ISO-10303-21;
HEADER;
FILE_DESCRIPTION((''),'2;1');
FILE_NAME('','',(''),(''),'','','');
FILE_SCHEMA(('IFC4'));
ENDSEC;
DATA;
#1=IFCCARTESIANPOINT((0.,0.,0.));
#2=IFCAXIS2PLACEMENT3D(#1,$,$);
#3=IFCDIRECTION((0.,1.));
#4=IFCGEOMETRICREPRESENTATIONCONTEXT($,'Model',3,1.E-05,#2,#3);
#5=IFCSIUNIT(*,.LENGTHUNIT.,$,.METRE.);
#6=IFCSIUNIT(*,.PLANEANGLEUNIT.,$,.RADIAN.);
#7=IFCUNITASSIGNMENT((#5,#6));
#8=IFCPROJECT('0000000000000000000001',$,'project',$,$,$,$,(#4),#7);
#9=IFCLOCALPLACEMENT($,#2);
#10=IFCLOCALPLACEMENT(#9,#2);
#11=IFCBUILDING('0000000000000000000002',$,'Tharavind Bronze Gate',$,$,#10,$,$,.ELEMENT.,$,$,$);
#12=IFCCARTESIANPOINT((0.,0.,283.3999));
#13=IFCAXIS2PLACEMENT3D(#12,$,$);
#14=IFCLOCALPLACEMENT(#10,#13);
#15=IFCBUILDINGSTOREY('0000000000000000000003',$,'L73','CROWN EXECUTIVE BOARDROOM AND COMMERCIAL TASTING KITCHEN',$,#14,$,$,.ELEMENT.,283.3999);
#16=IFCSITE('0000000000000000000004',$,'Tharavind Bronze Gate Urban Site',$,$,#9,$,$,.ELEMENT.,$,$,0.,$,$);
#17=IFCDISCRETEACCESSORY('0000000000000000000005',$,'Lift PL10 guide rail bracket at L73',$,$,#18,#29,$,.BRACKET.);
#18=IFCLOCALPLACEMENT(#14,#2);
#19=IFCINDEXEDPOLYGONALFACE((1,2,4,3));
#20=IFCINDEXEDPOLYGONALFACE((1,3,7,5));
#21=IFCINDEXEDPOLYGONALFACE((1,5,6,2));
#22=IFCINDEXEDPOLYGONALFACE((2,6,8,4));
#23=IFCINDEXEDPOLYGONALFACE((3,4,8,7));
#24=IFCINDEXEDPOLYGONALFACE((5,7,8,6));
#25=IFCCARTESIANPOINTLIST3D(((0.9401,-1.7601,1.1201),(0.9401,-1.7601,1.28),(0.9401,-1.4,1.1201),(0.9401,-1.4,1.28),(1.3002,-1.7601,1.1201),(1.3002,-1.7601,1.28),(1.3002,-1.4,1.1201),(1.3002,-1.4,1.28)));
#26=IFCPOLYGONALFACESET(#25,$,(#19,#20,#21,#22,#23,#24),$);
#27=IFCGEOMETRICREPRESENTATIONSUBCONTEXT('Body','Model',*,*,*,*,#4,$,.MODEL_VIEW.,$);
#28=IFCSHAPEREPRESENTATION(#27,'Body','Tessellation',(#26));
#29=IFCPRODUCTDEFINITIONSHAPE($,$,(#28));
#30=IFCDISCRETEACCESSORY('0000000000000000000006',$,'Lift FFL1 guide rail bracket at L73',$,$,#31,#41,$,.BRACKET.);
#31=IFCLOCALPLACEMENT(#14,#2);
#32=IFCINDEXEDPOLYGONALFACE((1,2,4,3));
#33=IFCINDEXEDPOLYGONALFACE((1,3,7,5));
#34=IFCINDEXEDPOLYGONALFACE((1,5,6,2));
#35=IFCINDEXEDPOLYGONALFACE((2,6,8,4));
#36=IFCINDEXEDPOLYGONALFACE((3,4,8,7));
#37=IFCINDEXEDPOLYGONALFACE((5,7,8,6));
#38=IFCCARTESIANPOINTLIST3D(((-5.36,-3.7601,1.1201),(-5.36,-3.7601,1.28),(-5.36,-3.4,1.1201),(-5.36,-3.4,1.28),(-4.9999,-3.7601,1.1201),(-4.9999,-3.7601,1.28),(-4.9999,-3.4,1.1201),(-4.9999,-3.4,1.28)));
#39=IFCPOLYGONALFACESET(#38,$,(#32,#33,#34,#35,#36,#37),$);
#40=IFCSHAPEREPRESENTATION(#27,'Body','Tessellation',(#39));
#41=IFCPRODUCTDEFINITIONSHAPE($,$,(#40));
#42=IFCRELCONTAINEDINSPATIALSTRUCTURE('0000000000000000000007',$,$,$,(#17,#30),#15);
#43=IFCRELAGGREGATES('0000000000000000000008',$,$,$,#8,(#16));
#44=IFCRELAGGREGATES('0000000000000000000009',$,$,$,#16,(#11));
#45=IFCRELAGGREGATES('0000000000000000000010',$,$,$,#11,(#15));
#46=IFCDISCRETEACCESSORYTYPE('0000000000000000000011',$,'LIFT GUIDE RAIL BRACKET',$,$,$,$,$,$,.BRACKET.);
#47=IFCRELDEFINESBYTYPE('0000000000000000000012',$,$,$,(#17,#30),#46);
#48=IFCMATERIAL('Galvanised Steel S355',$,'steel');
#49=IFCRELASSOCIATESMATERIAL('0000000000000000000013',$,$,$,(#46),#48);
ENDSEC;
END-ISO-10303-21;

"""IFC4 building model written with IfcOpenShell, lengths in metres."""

from ifc_helpers import new_model, si_unit, direction, frame, origin, origin_2d, place, context, subcontext, project, spatial, rectangle, extrude, material, type_object, element, save


model = new_model("IFC4")

# Units and contexts
model_context = context("Model", 3, precision=1e-05, world=origin(), true_north=direction((0.0, 1.0)))
body_context = subcontext(model_context, "Body", "Model", "MODEL_VIEW")
ifc_project = project(units=[si_unit("LENGTHUNIT", "METRE"), si_unit("PLANEANGLEUNIT", "RADIAN")], contexts=[model_context])

# Site, building, storey
site_placement = place(None, origin())
site = spatial("IfcSite", under=ifc_project, at=site_placement, Name="Tharavind Bronze Gate Urban Site", CompositionType="ELEMENT", RefElevation=0.0)
building_placement = place(site_placement, origin())
building = spatial("IfcBuilding", under=site, at=building_placement, Name="Tharavind Bronze Gate", CompositionType="ELEMENT")
storey_placement = place(building_placement, frame((0.0, 0.0, 283.3999)))
storey = spatial("IfcBuildingStorey", under=building, at=storey_placement, Name="L73", Description="CROWN EXECUTIVE BOARDROOM AND COMMERCIAL TASTING KITCHEN", CompositionType="ELEMENT", Elevation=283.3999)

# Discrete accessories
ifc_material_1 = material(Name="Galvanised Steel S355", Category="steel")
discrete_accessory_type = type_object("IfcDiscreteAccessoryType", Name="LIFT GUIDE RAIL BRACKET", PredefinedType="BRACKET", material=ifc_material_1)
for number, where, z_axis, x_axis, name in (
    (1, (1.1201, -1.5801, 1.1201), (0.0, 0.0, 1.0), (1.0, 0.0, 0.0), "Lift PL10 guide rail bracket at L73"),
    (2, (-5.1799, -3.5801, 1.1201), (0.0, 0.0, 1.0), (1.0, 0.0, 0.0), "Lift FFL1 guide rail bracket at L73"),
):
    element("IfcDiscreteAccessory", number, at=place(storey_placement, frame(where, z_axis=z_axis, x_axis=x_axis)), inside=storey, type_object=discrete_accessory_type, Name=name, PredefinedType="BRACKET", context=body_context, shape_type="SweptSolid", body=[
        extrude(rectangle(XDim=0.3601, YDim=0.3601, at=origin_2d()), origin(), (0.0, 0.0, 1.0), 0.1599),
    ])

save(model, "model.ifc")
